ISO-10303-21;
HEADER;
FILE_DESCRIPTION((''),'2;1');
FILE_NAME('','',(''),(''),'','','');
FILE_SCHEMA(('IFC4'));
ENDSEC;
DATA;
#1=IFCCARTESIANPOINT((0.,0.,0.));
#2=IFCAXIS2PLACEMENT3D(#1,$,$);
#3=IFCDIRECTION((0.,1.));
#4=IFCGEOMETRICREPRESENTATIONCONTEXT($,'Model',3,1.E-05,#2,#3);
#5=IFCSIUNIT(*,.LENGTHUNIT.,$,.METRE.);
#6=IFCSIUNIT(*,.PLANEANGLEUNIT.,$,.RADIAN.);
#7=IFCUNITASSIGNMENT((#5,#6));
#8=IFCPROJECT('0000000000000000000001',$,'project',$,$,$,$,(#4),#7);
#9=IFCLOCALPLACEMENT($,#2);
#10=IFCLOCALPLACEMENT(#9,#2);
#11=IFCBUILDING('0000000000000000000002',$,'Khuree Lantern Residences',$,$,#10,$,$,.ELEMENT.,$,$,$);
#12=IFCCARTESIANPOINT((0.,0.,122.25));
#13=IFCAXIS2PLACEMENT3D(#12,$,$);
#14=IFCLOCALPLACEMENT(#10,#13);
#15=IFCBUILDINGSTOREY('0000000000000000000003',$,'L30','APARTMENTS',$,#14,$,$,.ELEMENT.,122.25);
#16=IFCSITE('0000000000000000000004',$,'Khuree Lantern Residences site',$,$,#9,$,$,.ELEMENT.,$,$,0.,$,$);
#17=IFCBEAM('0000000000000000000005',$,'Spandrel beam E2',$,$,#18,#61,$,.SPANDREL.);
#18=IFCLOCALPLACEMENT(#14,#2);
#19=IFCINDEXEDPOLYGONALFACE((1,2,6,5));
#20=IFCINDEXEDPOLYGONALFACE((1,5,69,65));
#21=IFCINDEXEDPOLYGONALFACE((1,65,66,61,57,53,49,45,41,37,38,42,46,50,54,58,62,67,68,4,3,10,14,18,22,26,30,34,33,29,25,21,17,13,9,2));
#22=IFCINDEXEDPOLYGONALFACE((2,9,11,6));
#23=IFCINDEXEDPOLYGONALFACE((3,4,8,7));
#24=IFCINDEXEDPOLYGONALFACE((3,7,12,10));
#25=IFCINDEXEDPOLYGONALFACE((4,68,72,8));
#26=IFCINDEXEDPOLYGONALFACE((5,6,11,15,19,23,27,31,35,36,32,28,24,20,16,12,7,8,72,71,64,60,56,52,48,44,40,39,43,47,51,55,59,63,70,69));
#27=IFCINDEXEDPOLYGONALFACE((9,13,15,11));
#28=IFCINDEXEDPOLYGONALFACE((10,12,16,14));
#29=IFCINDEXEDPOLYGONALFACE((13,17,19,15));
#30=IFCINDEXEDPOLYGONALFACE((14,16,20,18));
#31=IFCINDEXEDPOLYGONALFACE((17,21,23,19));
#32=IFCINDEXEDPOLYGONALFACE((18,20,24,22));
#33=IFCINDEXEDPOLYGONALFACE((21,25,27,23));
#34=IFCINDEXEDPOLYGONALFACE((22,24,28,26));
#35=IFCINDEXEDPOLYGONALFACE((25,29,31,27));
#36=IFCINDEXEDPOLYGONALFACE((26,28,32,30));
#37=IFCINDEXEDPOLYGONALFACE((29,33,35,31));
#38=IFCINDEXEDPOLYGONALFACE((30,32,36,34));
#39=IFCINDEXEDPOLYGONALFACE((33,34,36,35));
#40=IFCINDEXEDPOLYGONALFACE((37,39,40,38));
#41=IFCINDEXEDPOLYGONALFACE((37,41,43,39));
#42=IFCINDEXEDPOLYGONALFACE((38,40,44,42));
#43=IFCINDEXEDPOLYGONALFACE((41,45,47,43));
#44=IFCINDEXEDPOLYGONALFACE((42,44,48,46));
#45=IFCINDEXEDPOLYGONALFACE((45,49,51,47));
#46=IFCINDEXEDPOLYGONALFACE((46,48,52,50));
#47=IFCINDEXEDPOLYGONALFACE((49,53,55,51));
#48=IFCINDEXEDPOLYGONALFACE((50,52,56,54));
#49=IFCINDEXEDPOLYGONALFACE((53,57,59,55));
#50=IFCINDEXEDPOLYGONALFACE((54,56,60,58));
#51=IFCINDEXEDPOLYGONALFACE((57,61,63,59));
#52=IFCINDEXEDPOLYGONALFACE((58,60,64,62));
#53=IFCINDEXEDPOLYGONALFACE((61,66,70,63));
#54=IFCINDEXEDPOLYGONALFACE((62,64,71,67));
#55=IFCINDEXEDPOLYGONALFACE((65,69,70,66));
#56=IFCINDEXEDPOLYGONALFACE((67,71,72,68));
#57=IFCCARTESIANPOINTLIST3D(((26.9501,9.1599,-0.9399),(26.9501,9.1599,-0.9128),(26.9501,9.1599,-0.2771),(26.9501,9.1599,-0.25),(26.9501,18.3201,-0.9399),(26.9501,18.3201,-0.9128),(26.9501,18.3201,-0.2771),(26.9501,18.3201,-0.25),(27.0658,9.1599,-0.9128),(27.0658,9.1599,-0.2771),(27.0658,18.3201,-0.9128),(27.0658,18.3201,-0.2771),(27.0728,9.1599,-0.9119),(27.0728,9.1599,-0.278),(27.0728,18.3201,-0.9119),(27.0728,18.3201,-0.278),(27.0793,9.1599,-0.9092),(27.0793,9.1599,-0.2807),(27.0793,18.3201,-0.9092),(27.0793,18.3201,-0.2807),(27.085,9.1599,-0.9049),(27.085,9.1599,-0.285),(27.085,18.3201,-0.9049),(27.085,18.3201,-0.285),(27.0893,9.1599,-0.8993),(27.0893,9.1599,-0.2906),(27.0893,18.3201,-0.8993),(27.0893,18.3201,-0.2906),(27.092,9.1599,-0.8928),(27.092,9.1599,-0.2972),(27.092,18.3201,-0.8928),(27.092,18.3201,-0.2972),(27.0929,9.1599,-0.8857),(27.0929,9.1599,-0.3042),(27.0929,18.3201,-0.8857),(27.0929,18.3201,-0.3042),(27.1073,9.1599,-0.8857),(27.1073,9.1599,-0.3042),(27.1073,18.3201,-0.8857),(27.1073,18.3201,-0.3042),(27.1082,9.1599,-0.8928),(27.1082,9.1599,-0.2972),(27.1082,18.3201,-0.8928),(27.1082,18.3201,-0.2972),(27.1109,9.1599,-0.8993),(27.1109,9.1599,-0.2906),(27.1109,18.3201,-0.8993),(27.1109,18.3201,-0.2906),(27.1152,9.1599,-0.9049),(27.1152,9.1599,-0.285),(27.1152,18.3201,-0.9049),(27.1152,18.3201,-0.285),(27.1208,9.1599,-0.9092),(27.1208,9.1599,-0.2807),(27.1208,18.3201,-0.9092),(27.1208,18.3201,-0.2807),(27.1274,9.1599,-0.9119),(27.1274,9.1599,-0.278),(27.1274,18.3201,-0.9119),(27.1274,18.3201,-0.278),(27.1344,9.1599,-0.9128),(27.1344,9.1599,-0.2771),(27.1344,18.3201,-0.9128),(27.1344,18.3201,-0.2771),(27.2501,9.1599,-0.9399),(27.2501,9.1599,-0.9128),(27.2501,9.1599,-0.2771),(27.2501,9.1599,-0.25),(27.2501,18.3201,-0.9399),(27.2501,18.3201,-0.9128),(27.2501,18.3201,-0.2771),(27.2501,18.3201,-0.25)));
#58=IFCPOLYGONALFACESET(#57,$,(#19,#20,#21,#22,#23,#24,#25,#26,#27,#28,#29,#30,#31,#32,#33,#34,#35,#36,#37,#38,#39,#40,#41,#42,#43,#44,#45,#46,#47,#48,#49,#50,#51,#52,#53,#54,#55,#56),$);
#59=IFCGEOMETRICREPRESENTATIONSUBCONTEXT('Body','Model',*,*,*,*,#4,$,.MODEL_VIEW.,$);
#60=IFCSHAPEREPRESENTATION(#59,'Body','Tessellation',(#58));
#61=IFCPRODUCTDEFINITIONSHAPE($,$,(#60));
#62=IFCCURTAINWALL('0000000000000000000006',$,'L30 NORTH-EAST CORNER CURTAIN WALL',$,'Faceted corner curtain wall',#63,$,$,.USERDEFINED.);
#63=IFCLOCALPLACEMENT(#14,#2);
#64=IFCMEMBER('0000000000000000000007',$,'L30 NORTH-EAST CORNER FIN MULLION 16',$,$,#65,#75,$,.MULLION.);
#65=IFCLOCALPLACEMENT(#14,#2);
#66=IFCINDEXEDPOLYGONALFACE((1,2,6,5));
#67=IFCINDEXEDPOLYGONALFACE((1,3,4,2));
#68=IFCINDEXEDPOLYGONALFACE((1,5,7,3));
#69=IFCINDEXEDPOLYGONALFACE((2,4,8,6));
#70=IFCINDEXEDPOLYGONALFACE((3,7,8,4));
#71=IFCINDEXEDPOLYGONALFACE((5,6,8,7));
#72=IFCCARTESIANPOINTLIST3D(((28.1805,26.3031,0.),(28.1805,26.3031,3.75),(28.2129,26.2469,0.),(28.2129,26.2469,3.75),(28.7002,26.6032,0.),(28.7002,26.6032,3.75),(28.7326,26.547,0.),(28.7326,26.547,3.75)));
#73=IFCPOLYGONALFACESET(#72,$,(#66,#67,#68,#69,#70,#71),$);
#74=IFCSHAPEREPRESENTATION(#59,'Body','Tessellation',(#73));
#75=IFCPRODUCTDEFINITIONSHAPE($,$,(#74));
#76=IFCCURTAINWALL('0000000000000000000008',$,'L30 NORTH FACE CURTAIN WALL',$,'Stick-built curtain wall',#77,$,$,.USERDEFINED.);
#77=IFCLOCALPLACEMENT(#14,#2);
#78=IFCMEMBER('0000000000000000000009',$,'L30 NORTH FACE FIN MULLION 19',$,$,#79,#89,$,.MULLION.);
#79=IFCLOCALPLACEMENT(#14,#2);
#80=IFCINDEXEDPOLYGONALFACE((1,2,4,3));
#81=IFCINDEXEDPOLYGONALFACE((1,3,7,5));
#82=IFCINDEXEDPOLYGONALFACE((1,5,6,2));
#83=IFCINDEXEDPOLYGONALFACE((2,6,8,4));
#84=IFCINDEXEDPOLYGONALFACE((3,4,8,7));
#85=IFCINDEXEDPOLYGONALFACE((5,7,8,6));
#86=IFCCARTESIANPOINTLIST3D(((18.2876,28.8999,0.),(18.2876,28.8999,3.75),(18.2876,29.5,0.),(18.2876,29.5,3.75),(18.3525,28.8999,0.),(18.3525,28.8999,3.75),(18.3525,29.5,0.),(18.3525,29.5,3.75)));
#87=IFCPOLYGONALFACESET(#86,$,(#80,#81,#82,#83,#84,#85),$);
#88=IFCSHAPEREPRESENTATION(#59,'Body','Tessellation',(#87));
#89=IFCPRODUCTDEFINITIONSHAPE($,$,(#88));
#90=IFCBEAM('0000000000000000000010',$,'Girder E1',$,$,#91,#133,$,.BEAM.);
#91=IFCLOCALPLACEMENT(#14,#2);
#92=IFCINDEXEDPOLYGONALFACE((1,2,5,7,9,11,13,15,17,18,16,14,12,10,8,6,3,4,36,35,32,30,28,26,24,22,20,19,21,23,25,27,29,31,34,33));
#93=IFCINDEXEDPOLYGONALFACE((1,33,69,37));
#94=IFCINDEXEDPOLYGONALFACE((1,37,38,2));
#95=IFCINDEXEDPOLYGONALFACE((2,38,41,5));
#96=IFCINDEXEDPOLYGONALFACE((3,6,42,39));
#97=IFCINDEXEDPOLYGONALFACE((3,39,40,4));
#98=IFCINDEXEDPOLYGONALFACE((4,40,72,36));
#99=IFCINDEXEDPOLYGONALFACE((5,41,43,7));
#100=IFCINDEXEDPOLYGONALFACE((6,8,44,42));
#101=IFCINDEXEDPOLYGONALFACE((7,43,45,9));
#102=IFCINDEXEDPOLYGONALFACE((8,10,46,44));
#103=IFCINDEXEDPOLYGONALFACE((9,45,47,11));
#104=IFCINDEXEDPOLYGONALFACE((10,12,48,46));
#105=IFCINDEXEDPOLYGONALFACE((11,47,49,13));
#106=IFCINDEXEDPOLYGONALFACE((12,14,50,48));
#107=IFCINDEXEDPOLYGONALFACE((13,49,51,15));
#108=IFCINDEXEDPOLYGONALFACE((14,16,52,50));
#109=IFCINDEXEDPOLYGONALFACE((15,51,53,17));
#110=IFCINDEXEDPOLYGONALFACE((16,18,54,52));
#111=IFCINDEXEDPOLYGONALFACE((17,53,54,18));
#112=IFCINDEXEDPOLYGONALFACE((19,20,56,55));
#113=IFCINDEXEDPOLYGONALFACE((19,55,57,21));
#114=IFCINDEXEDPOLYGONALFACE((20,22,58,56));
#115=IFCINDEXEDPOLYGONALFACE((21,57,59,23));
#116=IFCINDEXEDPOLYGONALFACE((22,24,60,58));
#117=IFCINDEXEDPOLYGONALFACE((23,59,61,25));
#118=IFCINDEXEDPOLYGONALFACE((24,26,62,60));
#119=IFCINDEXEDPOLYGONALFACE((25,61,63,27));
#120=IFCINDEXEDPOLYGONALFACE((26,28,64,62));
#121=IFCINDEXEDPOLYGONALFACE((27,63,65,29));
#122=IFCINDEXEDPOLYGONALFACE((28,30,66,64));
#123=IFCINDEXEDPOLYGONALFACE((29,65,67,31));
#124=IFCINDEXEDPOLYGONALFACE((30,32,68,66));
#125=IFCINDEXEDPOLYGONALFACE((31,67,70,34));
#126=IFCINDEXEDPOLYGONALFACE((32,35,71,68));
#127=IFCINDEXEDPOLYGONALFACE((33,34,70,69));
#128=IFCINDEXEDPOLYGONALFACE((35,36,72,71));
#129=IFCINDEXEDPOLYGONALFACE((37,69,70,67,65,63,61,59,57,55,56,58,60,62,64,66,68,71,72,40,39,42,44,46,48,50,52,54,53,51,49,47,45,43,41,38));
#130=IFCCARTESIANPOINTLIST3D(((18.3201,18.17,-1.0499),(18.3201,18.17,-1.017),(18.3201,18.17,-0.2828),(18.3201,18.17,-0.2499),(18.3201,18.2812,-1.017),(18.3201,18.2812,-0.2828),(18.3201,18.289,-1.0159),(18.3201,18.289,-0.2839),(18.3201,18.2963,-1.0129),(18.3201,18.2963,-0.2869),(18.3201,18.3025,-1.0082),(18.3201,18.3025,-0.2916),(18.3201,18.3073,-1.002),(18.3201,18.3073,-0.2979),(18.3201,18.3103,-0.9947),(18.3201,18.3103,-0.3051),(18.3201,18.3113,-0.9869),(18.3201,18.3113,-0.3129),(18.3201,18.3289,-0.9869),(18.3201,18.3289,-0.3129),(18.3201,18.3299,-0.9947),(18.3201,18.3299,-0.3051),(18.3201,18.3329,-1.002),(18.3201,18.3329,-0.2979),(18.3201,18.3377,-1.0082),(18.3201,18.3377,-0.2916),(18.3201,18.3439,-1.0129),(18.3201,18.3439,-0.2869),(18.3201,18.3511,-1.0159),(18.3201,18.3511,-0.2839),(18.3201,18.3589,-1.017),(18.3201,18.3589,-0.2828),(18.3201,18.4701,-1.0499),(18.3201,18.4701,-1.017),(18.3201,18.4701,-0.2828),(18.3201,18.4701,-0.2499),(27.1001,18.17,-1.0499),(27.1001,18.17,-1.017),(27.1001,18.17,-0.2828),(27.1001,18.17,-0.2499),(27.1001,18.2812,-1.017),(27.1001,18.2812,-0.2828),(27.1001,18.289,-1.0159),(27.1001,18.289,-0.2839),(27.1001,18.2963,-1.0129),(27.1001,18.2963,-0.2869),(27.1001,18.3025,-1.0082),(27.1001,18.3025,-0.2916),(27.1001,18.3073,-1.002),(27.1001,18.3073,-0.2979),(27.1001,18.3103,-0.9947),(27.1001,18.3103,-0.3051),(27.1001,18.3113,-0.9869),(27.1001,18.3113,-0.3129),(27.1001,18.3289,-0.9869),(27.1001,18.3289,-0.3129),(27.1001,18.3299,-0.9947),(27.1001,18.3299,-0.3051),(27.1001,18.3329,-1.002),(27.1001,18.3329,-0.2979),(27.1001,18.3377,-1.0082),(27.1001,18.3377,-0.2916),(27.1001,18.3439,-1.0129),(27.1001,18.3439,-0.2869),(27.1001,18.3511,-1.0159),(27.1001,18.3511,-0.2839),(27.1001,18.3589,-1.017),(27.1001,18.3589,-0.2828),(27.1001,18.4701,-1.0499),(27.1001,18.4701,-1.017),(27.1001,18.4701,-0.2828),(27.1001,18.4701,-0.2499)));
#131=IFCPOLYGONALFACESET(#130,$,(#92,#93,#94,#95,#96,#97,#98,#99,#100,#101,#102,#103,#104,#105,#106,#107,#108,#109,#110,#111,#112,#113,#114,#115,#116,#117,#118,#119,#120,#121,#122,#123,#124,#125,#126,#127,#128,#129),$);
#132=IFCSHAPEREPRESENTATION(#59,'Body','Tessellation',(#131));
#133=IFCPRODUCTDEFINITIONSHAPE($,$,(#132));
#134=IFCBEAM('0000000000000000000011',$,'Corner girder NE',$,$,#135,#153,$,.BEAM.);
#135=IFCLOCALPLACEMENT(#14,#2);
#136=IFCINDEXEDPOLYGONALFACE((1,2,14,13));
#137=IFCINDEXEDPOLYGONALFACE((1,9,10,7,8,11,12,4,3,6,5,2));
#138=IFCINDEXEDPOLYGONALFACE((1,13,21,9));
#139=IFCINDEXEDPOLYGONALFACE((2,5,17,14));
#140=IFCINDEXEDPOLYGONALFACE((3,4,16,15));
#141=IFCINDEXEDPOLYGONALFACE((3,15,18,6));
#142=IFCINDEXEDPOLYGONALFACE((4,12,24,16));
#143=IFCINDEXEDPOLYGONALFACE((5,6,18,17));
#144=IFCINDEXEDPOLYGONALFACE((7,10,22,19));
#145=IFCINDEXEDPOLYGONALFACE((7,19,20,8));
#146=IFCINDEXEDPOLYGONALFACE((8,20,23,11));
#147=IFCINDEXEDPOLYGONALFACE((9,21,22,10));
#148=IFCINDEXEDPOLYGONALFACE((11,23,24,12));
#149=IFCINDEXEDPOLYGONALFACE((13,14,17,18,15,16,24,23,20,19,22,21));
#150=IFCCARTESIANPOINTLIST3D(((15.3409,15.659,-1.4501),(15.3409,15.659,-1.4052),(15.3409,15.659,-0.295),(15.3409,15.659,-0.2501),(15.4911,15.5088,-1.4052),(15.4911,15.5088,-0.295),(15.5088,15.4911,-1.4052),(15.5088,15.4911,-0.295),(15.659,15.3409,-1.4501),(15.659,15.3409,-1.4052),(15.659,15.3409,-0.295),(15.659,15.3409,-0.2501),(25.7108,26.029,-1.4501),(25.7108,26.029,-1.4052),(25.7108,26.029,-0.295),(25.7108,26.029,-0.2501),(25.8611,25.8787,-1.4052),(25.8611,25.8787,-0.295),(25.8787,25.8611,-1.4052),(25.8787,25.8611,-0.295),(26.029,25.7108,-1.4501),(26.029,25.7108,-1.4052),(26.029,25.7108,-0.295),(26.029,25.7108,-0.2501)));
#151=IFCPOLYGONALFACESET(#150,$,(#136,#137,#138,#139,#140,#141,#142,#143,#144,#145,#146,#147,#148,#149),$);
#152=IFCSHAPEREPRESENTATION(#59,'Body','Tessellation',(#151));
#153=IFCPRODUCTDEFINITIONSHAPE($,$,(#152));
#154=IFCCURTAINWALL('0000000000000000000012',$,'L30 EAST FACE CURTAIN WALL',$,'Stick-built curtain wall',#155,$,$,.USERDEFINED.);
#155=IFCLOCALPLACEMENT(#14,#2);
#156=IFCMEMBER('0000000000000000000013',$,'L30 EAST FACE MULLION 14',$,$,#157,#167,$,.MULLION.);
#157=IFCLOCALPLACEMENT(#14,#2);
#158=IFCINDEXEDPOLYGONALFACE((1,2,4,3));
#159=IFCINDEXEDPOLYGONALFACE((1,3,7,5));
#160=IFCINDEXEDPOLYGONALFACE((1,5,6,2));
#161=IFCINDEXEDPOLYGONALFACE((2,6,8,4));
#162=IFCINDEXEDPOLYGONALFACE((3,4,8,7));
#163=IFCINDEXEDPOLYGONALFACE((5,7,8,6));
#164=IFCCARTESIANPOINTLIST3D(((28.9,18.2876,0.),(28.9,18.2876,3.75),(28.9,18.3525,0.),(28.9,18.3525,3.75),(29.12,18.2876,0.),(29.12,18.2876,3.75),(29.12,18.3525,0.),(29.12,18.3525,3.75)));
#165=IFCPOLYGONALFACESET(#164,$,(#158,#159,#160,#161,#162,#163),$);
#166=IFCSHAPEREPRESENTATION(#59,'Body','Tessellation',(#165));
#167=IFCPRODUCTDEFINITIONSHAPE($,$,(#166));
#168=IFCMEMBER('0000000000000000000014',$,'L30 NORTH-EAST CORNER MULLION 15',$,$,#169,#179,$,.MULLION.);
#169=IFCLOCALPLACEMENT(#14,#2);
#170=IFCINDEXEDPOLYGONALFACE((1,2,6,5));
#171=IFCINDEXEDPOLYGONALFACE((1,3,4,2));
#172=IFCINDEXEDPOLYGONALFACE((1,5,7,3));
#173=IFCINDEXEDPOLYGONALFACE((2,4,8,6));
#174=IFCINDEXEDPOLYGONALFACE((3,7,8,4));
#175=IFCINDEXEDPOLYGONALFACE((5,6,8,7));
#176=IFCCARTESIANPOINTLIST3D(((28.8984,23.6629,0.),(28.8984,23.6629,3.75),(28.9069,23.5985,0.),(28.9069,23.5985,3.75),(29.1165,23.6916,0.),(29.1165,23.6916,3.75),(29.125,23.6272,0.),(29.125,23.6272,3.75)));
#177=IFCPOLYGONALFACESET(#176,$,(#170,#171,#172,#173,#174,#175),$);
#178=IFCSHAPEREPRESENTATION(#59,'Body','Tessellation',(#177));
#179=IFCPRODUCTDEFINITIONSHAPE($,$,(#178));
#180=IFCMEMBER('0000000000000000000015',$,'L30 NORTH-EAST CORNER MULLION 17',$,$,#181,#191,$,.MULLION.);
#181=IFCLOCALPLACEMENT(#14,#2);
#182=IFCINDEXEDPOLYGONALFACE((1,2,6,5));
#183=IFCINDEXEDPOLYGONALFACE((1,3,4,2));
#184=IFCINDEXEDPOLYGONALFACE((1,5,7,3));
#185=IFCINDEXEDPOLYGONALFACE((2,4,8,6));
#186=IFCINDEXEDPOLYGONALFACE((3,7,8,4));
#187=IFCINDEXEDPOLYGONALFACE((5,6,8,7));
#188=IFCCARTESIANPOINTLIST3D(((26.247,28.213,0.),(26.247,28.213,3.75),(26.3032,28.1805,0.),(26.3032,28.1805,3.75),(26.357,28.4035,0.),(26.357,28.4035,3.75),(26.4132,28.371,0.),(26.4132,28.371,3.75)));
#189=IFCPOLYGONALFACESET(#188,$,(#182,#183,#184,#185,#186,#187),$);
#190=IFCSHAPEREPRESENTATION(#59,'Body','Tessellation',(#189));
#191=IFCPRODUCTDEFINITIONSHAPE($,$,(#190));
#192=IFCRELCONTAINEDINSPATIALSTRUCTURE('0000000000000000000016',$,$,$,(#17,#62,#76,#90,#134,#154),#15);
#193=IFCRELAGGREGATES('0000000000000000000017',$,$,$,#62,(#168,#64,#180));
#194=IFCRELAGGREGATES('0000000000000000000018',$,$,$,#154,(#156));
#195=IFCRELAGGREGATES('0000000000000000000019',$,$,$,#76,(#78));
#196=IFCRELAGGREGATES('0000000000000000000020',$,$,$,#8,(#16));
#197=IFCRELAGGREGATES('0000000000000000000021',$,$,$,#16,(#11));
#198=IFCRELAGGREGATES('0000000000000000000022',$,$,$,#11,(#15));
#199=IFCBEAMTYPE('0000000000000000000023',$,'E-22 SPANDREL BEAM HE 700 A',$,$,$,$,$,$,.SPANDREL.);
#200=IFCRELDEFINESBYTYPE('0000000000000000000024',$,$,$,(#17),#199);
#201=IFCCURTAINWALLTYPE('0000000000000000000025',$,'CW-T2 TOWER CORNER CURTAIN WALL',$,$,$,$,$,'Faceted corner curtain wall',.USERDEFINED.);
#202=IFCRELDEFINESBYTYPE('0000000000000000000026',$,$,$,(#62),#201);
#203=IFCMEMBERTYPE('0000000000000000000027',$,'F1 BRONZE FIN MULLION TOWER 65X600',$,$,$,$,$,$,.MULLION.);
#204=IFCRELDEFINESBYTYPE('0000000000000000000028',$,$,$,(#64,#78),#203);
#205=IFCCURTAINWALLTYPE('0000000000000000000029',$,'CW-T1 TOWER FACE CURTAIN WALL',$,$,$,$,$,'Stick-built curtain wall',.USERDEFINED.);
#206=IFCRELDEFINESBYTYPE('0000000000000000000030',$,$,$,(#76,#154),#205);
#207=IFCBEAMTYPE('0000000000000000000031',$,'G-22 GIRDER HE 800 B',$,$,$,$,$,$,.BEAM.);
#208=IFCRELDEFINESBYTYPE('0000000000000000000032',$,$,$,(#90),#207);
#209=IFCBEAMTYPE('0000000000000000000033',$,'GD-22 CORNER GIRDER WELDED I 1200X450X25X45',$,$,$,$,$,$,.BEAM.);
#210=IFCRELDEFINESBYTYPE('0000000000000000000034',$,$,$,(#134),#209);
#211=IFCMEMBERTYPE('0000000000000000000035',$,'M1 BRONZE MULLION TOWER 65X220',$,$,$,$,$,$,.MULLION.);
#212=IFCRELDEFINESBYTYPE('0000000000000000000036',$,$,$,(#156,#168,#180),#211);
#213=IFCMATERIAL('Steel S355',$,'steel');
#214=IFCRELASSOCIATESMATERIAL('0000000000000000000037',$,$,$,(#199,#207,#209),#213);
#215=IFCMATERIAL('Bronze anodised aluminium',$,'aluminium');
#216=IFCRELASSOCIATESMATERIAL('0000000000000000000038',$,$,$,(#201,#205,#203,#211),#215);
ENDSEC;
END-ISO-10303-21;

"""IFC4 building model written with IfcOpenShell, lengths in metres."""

from ifc_helpers import new_model, si_unit, direction, frame, origin, origin_2d, place, context, subcontext, project, spatial, rectangle, i_section, extrude, material, material_profile, profile_set, type_object, element, aggregate, save


model = new_model("IFC4")

# Units and contexts
model_context = context("Model", 3, precision=1e-05, world=origin(), true_north=direction((0.0, 1.0)))
body_context = subcontext(model_context, "Body", "Model", "MODEL_VIEW")
ifc_project = project(units=[si_unit("LENGTHUNIT", "METRE"), si_unit("PLANEANGLEUNIT", "RADIAN")], contexts=[model_context])

# Site, building, storey
site_placement = place(None, origin())
site = spatial("IfcSite", under=ifc_project, at=site_placement, Name="Khuree Lantern Residences site", CompositionType="ELEMENT", RefElevation=0.0)
building_placement = place(site_placement, origin())
building = spatial("IfcBuilding", under=site, at=building_placement, Name="Khuree Lantern Residences", CompositionType="ELEMENT")
storey_placement = place(building_placement, frame((0.0, 0.0, 122.25)))
storey = spatial("IfcBuildingStorey", under=building, at=storey_placement, Name="L30", Description="APARTMENTS", CompositionType="ELEMENT", Elevation=122.25)

# Beam
ifc_material_1 = material(Name="Steel S355", Category="steel")
ifc_material_profile_1 = material_profile(ifc_material_1, i_section(OverallWidth=0.3, OverallDepth=0.6899, WebThickness=0.0144, FlangeThickness=0.0271, FilletRadius=0.0271, at=origin_2d()), Name="HE 700 A")
ifc_profile_set_1 = profile_set([ifc_material_profile_1], Name="Steel S355")
beam_type_1 = type_object("IfcBeamType", Name="E-22 SPANDREL BEAM HE 700 A", PredefinedType="SPANDREL", material=ifc_profile_set_1)
beam_1_placement = place(storey_placement, frame((27.1001, 18.3201, -0.595), z_axis=(0.0, -1.0, 0.0), x_axis=(1.0, 0.0, 0.0)))
element("IfcBeam", 1, at=beam_1_placement, inside=storey, type_object=beam_type_1, Name="Spandrel beam E2", PredefinedType="SPANDREL", context=body_context, shape_type="SweptSolid", body=[
    extrude(i_section(OverallWidth=0.3, OverallDepth=0.6899, WebThickness=0.0144, FlangeThickness=0.0271, FilletRadius=0.0271, at=origin_2d()), origin(), (0.0, 0.0, 1.0), 9.1602),
])

# Curtain walls, members
ifc_material_2 = material(Name="Bronze anodised aluminium", Category="aluminium")
curtain_wall_type_1 = type_object("IfcCurtainWallType", Name="CW-T2 TOWER CORNER CURTAIN WALL", ElementType="Faceted corner curtain wall", PredefinedType="USERDEFINED", material=ifc_material_2)
curtain_wall_1_placement = place(storey_placement, origin())
curtain_wall_1 = element("IfcCurtainWall", 2, at=curtain_wall_1_placement, inside=storey, type_object=curtain_wall_type_1, Name="L30 NORTH-EAST CORNER CURTAIN WALL", ObjectType="Faceted corner curtain wall", PredefinedType="USERDEFINED")
ifc_material_profile_2 = material_profile(ifc_material_2, rectangle(XDim=0.0649, YDim=0.6001, at=origin_2d()), Name="F1 65X600")
ifc_profile_set_2 = profile_set([ifc_material_profile_2], Name="Bronze anodised aluminium")
member_type_1 = type_object("IfcMemberType", Name="F1 BRONZE FIN MULLION TOWER 65X600", PredefinedType="MULLION", material=ifc_profile_set_2)
member_1_placement = place(storey_placement, frame((28.4565, 26.425, 0.0), z_axis=(0.0, 0.0, 1.0), x_axis=(-0.5, 0.866025, 0.0)))
member_1 = element("IfcMember", 3, at=member_1_placement, type_object=member_type_1, Name="L30 NORTH-EAST CORNER FIN MULLION 16", PredefinedType="MULLION", context=body_context, shape_type="SweptSolid", body=[
    extrude(rectangle(XDim=0.0649, YDim=0.6001, at=origin_2d()), origin(), (0.0, 0.0, 1.0), 3.75),
])
curtain_wall_type_2 = type_object("IfcCurtainWallType", Name="CW-T1 TOWER FACE CURTAIN WALL", ElementType="Stick-built curtain wall", PredefinedType="USERDEFINED", material=ifc_material_2)
curtain_wall_2_placement = place(storey_placement, origin())
curtain_wall_2 = element("IfcCurtainWall", 4, at=curtain_wall_2_placement, inside=storey, type_object=curtain_wall_type_2, Name="L30 NORTH FACE CURTAIN WALL", ObjectType="Stick-built curtain wall", PredefinedType="USERDEFINED")
member_2_placement = place(storey_placement, frame((18.3201, 29.2, 0.0), z_axis=(0.0, 0.0, 1.0), x_axis=(-1.0, 0.0, 0.0)))
member_2 = element("IfcMember", 5, at=member_2_placement, type_object=member_type_1, Name="L30 NORTH FACE FIN MULLION 19", PredefinedType="MULLION", context=body_context, shape_type="SweptSolid", body=[
    extrude(rectangle(XDim=0.0649, YDim=0.6001, at=origin_2d()), origin(), (0.0, 0.0, 1.0), 3.75),
])

# Beams
ifc_material_profile_3 = material_profile(ifc_material_1, i_section(OverallWidth=0.3, OverallDepth=0.8, WebThickness=0.0176, FlangeThickness=0.033, FilletRadius=0.03, at=origin_2d()), Name="HE 800 B")
ifc_profile_set_3 = profile_set([ifc_material_profile_3], Name="Steel S355")
beam_type_2 = type_object("IfcBeamType", Name="G-22 GIRDER HE 800 B", PredefinedType="BEAM", material=ifc_profile_set_3)
beam_2_placement = place(storey_placement, frame((27.1001, 18.3201, -0.6499), z_axis=(-1.0, 0.0, 0.0), x_axis=(0.0, -1.0, 0.0)))
element("IfcBeam", 6, at=beam_2_placement, inside=storey, type_object=beam_type_2, Name="Girder E1", PredefinedType="BEAM", context=body_context, shape_type="SweptSolid", body=[
    extrude(i_section(OverallWidth=0.3, OverallDepth=0.8, WebThickness=0.0176, FlangeThickness=0.033, FilletRadius=0.03, at=origin_2d()), origin(), (0.0, 0.0, 1.0), 8.78),
])
ifc_material_profile_4 = material_profile(ifc_material_1, i_section(OverallWidth=0.45, OverallDepth=1.2, WebThickness=0.0249, FlangeThickness=0.0449, at=origin_2d()), Name="WELDED I 1200X450X25X45")
ifc_profile_set_4 = profile_set([ifc_material_profile_4], Name="Steel S355")
beam_type_3 = type_object("IfcBeamType", Name="GD-22 CORNER GIRDER WELDED I 1200X450X25X45", PredefinedType="BEAM", material=ifc_profile_set_4)
beam_3_placement = place(storey_placement, frame((25.8699, 25.8699, -0.8501), z_axis=(-0.707107, -0.707107, 0.0), x_axis=(0.707107, -0.707107, 0.0)))
element("IfcBeam", 7, at=beam_3_placement, inside=storey, type_object=beam_type_3, Name="Corner girder NE", PredefinedType="BEAM", context=body_context, shape_type="SweptSolid", body=[
    extrude(i_section(OverallWidth=0.45, OverallDepth=1.2, WebThickness=0.0249, FlangeThickness=0.0449, at=origin_2d()), origin(), (0.0, 0.0, 1.0), 14.6653),
])

# Curtain wall, member
curtain_wall_3_placement = place(storey_placement, origin())
curtain_wall_3 = element("IfcCurtainWall", 8, at=curtain_wall_3_placement, inside=storey, type_object=curtain_wall_type_2, Name="L30 EAST FACE CURTAIN WALL", ObjectType="Stick-built curtain wall", PredefinedType="USERDEFINED")
ifc_material_profile_5 = material_profile(ifc_material_2, rectangle(XDim=0.0649, YDim=0.22, at=origin_2d()), Name="M1 65X220")
ifc_profile_set_5 = profile_set([ifc_material_profile_5], Name="Bronze anodised aluminium")
member_type_2 = type_object("IfcMemberType", Name="M1 BRONZE MULLION TOWER 65X220", PredefinedType="MULLION", material=ifc_profile_set_5)
member_3_placement = place(storey_placement, frame((29.01, 18.3201, 0.0), z_axis=(0.0, 0.0, 1.0), x_axis=(0.0, 1.0, 0.0)))
member_3 = element("IfcMember", 9, at=member_3_placement, type_object=member_type_2, Name="L30 EAST FACE MULLION 14", PredefinedType="MULLION", context=body_context, shape_type="SweptSolid", body=[
    extrude(rectangle(XDim=0.0649, YDim=0.22, at=origin_2d()), origin(), (0.0, 0.0, 1.0), 3.75),
])

# Members
member_4_placement = place(storey_placement, frame((29.0117, 23.645, 0.0), z_axis=(0.0, 0.0, 1.0), x_axis=(-0.130526, 0.991445, 0.0)))
member_4 = element("IfcMember", 10, at=member_4_placement, type_object=member_type_2, Name="L30 NORTH-EAST CORNER MULLION 15", PredefinedType="MULLION", context=body_context, shape_type="SweptSolid", body=[
    extrude(rectangle(XDim=0.0649, YDim=0.22, at=origin_2d()), origin(), (0.0, 0.0, 1.0), 3.75),
])
member_5_placement = place(storey_placement, frame((26.3301, 28.292, 0.0), z_axis=(0.0, 0.0, 1.0), x_axis=(-0.866025, 0.5, 0.0)))
member_5 = element("IfcMember", 11, at=member_5_placement, type_object=member_type_2, Name="L30 NORTH-EAST CORNER MULLION 17", PredefinedType="MULLION", context=body_context, shape_type="SweptSolid", body=[
    extrude(rectangle(XDim=0.0649, YDim=0.22, at=origin_2d()), origin(), (0.0, 0.0, 1.0), 3.75),
])

aggregate(curtain_wall_1, [member_4, member_1, member_5])
aggregate(curtain_wall_3, [member_3])
aggregate(curtain_wall_2, [member_2])

save(model, "model.ifc")
